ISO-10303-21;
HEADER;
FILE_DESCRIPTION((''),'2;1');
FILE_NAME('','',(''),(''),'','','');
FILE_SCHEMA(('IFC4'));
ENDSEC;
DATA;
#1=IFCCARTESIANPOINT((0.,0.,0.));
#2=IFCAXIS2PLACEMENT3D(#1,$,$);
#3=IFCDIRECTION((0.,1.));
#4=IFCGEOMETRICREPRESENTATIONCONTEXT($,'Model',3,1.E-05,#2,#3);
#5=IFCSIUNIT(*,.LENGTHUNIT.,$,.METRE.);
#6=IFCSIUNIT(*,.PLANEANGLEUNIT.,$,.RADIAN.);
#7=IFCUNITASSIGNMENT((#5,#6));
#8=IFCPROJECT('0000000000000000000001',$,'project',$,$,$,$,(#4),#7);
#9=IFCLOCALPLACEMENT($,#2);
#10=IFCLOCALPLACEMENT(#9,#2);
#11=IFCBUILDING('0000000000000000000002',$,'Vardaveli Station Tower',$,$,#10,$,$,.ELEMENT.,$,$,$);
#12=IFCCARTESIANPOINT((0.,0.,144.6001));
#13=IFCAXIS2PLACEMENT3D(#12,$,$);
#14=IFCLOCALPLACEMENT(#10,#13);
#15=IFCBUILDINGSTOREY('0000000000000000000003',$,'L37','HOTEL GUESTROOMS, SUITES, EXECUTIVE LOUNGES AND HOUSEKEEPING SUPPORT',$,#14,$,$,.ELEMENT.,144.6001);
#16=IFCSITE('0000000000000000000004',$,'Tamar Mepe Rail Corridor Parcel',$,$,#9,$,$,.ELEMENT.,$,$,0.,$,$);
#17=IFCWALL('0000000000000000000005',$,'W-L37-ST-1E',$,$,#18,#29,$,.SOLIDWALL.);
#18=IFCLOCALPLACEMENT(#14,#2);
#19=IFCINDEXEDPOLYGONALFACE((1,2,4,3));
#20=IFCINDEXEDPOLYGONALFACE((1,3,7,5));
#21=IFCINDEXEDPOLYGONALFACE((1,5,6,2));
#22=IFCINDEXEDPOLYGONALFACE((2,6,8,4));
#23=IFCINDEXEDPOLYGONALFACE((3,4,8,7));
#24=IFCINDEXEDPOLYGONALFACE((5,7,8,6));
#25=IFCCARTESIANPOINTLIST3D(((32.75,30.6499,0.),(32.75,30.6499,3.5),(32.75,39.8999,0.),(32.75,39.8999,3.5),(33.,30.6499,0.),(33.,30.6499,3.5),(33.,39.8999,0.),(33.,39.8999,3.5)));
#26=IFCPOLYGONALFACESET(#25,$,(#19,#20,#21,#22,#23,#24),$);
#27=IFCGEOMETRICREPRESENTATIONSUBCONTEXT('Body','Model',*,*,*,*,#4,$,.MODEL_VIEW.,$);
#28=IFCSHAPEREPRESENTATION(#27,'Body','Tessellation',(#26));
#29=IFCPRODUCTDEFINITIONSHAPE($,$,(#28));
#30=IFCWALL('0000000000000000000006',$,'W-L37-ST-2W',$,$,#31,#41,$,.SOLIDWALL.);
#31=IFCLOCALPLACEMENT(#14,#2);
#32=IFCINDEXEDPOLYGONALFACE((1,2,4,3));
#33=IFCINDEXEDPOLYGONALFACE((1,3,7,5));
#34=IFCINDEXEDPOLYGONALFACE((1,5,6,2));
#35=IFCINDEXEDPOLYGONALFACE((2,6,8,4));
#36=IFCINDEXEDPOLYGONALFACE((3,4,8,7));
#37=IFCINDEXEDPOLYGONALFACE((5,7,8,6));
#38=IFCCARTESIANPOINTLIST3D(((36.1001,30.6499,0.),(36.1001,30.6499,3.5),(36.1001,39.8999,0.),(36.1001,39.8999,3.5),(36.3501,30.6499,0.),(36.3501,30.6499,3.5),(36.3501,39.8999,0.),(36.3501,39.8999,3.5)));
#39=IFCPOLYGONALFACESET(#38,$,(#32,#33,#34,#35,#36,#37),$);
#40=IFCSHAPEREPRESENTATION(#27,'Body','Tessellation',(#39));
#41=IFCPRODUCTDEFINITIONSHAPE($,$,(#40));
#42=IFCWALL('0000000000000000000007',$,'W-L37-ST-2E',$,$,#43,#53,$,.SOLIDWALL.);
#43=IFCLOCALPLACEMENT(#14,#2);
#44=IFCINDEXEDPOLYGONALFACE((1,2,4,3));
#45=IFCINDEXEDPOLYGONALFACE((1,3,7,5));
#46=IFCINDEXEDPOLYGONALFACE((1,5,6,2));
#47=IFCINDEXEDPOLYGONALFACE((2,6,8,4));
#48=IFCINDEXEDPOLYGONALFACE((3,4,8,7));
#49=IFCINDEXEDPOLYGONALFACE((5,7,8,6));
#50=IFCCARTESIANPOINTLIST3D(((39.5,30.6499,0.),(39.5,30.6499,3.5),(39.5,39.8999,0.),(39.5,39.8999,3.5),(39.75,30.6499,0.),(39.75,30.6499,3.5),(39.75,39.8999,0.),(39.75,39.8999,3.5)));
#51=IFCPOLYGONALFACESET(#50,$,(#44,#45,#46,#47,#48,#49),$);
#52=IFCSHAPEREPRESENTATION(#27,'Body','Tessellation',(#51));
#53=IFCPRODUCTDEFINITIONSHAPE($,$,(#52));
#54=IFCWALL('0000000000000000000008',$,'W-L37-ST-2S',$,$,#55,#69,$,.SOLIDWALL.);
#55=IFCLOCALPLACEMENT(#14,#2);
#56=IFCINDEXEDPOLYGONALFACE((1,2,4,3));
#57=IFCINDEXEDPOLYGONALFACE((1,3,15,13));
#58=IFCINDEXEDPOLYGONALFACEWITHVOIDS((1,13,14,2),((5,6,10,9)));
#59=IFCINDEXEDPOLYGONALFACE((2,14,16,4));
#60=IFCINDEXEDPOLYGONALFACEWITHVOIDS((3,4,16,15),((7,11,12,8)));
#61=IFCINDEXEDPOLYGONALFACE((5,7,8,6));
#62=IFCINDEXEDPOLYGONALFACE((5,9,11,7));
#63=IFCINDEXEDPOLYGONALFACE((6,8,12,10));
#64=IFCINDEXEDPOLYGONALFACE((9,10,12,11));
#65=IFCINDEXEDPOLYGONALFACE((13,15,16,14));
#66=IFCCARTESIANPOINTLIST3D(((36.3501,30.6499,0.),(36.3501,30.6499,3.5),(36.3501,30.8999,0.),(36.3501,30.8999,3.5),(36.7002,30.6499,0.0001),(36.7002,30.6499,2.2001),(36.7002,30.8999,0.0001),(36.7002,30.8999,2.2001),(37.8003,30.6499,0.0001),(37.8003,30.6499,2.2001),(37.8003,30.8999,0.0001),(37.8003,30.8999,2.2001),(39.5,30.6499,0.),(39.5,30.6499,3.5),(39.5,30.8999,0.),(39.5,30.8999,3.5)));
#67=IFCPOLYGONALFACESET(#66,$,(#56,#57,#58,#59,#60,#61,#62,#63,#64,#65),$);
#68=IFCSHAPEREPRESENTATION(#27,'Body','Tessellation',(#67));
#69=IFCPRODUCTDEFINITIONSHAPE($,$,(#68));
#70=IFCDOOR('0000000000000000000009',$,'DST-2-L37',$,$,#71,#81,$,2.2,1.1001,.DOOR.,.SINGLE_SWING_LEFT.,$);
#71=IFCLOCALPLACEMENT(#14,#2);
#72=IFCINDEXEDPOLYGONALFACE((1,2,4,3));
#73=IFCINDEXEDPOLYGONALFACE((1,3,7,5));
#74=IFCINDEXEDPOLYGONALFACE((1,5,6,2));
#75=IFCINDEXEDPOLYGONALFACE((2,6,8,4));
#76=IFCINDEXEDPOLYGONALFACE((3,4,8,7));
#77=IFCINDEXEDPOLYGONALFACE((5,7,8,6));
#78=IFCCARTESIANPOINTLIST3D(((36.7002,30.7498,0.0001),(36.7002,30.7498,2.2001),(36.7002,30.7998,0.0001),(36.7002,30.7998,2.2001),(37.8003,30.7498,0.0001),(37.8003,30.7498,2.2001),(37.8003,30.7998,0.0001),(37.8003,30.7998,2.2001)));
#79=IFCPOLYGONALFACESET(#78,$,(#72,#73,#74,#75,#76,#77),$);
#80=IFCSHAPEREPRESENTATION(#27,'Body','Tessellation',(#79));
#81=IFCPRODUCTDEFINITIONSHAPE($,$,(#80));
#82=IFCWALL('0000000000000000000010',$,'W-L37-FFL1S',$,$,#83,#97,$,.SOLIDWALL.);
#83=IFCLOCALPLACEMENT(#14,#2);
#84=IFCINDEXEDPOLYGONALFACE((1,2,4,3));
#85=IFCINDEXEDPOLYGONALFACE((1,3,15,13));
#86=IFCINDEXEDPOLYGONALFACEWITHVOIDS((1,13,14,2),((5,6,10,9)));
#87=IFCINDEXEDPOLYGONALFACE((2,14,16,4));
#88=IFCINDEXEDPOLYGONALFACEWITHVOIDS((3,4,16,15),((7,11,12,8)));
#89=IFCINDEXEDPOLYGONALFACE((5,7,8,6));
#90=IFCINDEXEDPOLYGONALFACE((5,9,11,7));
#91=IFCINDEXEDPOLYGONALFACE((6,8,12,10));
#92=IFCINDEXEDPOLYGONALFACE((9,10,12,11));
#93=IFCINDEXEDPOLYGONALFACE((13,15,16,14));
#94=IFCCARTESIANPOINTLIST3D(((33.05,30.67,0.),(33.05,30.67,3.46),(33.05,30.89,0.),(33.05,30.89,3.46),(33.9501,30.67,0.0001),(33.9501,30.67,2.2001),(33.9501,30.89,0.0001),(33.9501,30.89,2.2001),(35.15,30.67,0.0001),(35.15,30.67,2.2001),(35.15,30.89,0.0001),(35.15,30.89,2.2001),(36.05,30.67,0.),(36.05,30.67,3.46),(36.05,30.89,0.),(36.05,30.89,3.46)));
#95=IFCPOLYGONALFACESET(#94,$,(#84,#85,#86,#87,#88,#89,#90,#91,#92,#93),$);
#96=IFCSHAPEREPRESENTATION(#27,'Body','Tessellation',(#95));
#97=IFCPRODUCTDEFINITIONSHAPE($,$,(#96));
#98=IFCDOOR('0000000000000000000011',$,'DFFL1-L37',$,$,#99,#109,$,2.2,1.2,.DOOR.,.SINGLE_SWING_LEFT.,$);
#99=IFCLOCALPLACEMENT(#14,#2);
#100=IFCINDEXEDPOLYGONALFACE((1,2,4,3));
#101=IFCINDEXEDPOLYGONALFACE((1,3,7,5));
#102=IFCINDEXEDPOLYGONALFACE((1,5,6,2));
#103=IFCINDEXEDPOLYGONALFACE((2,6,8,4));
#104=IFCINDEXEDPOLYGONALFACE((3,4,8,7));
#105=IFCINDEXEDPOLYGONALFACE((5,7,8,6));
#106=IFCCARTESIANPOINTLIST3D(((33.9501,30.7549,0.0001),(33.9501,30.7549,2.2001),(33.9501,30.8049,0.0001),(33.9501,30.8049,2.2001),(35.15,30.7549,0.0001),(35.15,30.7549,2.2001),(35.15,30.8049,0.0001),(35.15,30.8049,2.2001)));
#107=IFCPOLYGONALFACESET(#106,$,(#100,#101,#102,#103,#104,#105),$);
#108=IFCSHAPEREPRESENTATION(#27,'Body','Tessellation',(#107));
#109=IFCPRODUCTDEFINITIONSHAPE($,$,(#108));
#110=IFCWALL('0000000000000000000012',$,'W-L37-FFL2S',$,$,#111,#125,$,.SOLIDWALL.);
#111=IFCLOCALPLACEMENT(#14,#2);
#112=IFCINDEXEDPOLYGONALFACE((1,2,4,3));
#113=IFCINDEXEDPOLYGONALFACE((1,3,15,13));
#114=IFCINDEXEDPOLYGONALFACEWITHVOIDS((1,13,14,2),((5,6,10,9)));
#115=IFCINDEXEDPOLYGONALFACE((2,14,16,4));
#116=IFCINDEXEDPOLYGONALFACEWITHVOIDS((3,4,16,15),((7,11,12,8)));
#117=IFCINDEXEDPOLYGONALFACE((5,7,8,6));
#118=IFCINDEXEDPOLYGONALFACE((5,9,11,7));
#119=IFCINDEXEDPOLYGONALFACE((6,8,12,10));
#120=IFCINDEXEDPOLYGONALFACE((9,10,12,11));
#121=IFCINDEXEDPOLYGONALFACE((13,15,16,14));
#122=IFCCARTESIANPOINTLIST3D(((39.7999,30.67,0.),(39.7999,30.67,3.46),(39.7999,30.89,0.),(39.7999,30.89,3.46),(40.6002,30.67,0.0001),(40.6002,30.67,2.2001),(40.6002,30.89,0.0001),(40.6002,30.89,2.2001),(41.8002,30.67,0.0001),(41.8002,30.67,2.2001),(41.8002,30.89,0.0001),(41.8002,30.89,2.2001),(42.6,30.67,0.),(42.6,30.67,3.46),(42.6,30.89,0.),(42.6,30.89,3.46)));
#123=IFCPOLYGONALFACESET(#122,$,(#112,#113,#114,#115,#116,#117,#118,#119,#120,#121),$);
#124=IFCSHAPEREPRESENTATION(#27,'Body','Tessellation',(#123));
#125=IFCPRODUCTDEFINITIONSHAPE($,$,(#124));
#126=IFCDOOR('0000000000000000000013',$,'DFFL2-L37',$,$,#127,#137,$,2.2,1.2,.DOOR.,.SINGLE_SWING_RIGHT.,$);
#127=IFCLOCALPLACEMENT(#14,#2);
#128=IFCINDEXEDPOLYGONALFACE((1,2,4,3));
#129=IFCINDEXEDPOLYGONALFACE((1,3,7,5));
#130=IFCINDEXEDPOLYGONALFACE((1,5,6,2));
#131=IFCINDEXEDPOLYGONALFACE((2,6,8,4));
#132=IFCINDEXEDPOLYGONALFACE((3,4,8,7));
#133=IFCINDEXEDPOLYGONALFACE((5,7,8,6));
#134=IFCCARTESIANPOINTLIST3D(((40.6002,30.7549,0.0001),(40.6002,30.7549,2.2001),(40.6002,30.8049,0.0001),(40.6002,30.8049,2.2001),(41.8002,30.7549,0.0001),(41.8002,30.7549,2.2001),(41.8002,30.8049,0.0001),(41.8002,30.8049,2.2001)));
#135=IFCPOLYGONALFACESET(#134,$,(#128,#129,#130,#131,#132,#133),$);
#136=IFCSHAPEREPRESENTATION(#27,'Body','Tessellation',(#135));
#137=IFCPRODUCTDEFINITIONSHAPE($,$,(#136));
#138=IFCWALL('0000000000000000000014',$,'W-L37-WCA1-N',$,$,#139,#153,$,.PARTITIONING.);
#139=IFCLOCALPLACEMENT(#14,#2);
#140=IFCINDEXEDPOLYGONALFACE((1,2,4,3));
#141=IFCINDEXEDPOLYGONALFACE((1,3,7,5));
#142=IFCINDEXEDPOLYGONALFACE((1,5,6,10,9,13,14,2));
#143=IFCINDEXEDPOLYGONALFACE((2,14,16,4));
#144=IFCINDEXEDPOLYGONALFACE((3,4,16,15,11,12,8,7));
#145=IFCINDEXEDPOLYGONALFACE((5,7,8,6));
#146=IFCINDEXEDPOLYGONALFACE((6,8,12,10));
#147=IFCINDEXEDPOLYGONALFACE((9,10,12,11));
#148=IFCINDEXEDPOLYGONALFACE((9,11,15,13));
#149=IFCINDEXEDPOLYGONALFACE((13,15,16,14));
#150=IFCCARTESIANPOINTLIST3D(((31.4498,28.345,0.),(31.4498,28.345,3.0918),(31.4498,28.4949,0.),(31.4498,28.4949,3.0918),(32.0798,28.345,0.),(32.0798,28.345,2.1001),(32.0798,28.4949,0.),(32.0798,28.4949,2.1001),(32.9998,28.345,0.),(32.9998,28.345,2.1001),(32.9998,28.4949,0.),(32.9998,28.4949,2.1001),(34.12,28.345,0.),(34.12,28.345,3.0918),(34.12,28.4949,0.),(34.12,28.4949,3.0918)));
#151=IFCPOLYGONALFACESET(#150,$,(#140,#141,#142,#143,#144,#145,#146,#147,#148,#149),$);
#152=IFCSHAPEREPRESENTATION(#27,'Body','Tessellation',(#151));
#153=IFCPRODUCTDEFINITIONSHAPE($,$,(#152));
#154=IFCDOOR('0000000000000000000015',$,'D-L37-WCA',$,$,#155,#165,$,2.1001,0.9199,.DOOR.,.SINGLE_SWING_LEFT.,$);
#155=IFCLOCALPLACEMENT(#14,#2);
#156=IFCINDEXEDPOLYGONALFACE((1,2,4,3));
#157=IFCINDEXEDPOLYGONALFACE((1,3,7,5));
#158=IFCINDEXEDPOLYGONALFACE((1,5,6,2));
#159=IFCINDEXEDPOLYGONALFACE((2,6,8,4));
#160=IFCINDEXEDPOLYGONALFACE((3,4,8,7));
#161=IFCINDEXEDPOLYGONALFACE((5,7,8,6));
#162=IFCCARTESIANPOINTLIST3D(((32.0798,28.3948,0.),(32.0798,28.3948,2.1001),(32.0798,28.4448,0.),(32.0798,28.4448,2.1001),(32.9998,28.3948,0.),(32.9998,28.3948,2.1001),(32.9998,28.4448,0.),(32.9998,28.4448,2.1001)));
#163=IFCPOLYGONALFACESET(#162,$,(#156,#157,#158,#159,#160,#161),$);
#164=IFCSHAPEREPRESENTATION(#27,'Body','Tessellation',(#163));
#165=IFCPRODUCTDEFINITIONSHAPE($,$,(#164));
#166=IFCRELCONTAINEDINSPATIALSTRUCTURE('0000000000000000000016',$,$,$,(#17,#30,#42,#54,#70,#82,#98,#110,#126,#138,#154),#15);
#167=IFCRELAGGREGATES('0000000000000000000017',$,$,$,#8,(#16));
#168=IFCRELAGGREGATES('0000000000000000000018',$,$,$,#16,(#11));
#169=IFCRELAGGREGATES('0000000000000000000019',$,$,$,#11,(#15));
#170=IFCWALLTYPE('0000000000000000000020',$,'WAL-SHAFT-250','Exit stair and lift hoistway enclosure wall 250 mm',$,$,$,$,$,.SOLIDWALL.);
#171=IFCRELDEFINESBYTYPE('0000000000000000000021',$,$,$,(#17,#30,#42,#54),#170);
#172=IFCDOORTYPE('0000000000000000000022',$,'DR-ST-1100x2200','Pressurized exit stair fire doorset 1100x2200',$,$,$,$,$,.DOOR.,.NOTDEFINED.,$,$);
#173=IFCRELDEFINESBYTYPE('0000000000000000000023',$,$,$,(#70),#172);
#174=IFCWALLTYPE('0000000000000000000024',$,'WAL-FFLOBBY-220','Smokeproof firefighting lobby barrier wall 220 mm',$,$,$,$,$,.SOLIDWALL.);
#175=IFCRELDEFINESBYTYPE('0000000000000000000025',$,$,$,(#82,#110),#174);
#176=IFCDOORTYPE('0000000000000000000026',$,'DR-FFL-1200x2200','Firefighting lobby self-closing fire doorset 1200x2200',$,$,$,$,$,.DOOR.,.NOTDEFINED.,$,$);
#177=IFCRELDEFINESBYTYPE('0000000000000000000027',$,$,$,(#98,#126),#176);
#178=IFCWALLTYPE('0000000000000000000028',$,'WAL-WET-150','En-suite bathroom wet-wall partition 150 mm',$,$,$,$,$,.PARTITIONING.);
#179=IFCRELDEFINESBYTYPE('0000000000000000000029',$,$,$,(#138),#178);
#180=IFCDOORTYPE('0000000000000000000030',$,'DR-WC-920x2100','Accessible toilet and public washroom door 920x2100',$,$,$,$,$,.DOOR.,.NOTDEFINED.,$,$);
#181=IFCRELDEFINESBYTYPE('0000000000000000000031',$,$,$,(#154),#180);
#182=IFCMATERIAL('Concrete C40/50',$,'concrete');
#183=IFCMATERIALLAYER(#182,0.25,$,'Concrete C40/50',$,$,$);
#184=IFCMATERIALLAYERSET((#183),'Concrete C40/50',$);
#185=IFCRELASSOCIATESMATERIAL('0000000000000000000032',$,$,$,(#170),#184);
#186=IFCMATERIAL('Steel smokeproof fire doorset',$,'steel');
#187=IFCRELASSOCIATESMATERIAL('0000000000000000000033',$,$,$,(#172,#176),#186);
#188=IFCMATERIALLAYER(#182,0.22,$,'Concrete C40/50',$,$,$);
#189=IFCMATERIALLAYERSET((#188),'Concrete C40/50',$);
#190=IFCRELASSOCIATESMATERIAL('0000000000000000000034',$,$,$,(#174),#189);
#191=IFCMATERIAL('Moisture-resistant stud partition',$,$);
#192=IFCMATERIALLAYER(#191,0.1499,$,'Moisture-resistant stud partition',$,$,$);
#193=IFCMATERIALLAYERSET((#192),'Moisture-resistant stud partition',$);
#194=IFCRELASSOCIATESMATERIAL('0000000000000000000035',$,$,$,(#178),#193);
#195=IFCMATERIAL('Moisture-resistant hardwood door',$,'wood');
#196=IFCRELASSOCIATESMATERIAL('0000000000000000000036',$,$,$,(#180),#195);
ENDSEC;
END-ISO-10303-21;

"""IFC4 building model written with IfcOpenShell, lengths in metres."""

from ifc_helpers import new_model, si_unit, direction, frame, frame_2d, origin, place, context, subcontext, project, spatial, rectangle, extrude, source, transform, mapped, material, layer, layer_set, type_object, element, fill, save


model = new_model("IFC4")

# Units and contexts
model_context = context("Model", 3, precision=1e-05, world=origin(), true_north=direction((0.0, 1.0)))
body_context = subcontext(model_context, "Body", "Model", "MODEL_VIEW")
ifc_project = project(units=[si_unit("LENGTHUNIT", "METRE"), si_unit("PLANEANGLEUNIT", "RADIAN")], contexts=[model_context])

# Site, building, storey
site_placement = place(None, origin())
site = spatial("IfcSite", under=ifc_project, at=site_placement, Name="Tamar Mepe Rail Corridor Parcel", CompositionType="ELEMENT", RefElevation=0.0)
building_placement = place(site_placement, origin())
building = spatial("IfcBuilding", under=site, at=building_placement, Name="Vardaveli Station Tower", CompositionType="ELEMENT")
storey_placement = place(building_placement, frame((0.0, 0.0, 144.6001)))
storey = spatial("IfcBuildingStorey", under=building, at=storey_placement, Name="L37", Description="HOTEL GUESTROOMS, SUITES, EXECUTIVE LOUNGES AND HOUSEKEEPING SUPPORT", CompositionType="ELEMENT", Elevation=144.6001)

# Walls
ifc_material_1 = material(Name="Concrete C40/50", Category="concrete")
ifc_layer_1 = layer(ifc_material_1, 0.25, Name="Concrete C40/50")
ifc_layer_set_1 = layer_set([ifc_layer_1], Name="Concrete C40/50")
wall_type_1 = type_object("IfcWallType", Name="WAL-SHAFT-250", Description="Exit stair and lift hoistway enclosure wall 250 mm", PredefinedType="SOLIDWALL", material=ifc_layer_set_1)
shared_shape_1 = source(origin(), body_context, "Body", "SweptSolid", [
    extrude(rectangle(XDim=9.25, YDim=0.25, at=frame_2d((4.625, 0.0))), origin(), (0.0, 0.0, 1.0), 3.5),
])
for number, where, z_axis, x_axis, name in (
    (1, (32.875, 30.6499, 0.0), (0.0, 0.0, 1.0), (0.0, 1.0, 0.0), "W-L37-ST-1E"),
    (2, (36.2251, 30.6499, 0.0), (0.0, 0.0, 1.0), (0.0, 1.0, 0.0), "W-L37-ST-2W"),
    (3, (39.625, 30.6499, 0.0), (0.0, 0.0, 1.0), (0.0, 1.0, 0.0), "W-L37-ST-2E"),
):
    element("IfcWall", number, at=place(storey_placement, frame(where, z_axis=z_axis, x_axis=x_axis)), inside=storey, type_object=wall_type_1, Name=name, PredefinedType="SOLIDWALL", context=body_context, shape_type="MappedRepresentation", body=[
        mapped(shared_shape_1, transform((0.0, 0.0, 0.0), scale=1.0)),
    ])

# Walls, openings, doors
shared_shape_2 = source(origin(), body_context, "Body", "SweptSolid", [
    extrude(rectangle(XDim=3.1499, YDim=0.25, at=frame_2d((1.575, 0.0))), origin(), (0.0, 0.0, 1.0), 3.5),
])
wall_1_placement = place(storey_placement, frame((36.3501, 30.7749, 0.0), z_axis=(0.0, 0.0, 1.0), x_axis=(1.0, 0.0, 0.0)))
wall_1 = element("IfcWall", 4, at=wall_1_placement, inside=storey, type_object=wall_type_1, Name="W-L37-ST-2S", PredefinedType="SOLIDWALL", context=body_context, shape_type="MappedRepresentation", body=[
    mapped(shared_shape_2, transform((0.0, 0.0, 0.0), scale=1.0)),
])
shared_shape_3 = source(origin(), body_context, "Body", "SweptSolid", [
    extrude(rectangle(XDim=1.1001, YDim=2.2, at=frame_2d((0.55, 1.1001))), frame((0.0, 0.135, 0.0), z_axis=(0.0, -1.0, 0.0), x_axis=(1.0, 0.0, 0.0)), (0.0, 0.0, 1.0), 0.27),
])
opening_1_placement = place(wall_1_placement, frame((0.3501, 0.0, 0.0)))
opening_1 = element("IfcOpeningElement", 5, at=opening_1_placement, cuts=wall_1, PredefinedType="OPENING", context=body_context, shape_type="MappedRepresentation", body=[
    mapped(shared_shape_3, transform((0.0, 0.0, 0.0), scale=1.0)),
])
ifc_material_2 = material(Name="Steel smokeproof fire doorset", Category="steel")
door_type_1 = type_object("IfcDoorType", Name="DR-ST-1100x2200", Description="Pressurized exit stair fire doorset 1100x2200", OperationType="NOTDEFINED", PredefinedType="DOOR", material=ifc_material_2)
shared_shape_4 = source(origin(), body_context, "Body", "SweptSolid", [
    extrude(rectangle(XDim=1.1001, YDim=2.2, at=frame_2d((0.55, 1.1001))), frame((0.0, 0.0249, 0.0), z_axis=(0.0, -1.0, 0.0), x_axis=(1.0, 0.0, 0.0)), (0.0, 0.0, 1.0), 0.05),
])
door_1_placement = place(opening_1_placement, origin())
door_1 = element("IfcDoor", 6, at=door_1_placement, inside=storey, type_object=door_type_1, Name="DST-2-L37", OperationType="SINGLE_SWING_LEFT", OverallHeight=2.2, OverallWidth=1.1001, PredefinedType="DOOR", context=body_context, shape_type="MappedRepresentation", body=[
    mapped(shared_shape_4, transform((0.0, 0.0, 0.0), scale=1.0)),
])
fill(opening_1, door_1)
ifc_layer_2 = layer(ifc_material_1, 0.22, Name="Concrete C40/50")
ifc_layer_set_2 = layer_set([ifc_layer_2], Name="Concrete C40/50")
wall_type_2 = type_object("IfcWallType", Name="WAL-FFLOBBY-220", Description="Smokeproof firefighting lobby barrier wall 220 mm", PredefinedType="SOLIDWALL", material=ifc_layer_set_2)
shared_shape_5 = source(origin(), body_context, "Body", "SweptSolid", [
    extrude(rectangle(XDim=3.0, YDim=0.22, at=frame_2d((1.5, 0.0))), origin(), (0.0, 0.0, 1.0), 3.46),
])
wall_2_placement = place(storey_placement, frame((33.05, 30.78, 0.0), z_axis=(0.0, 0.0, 1.0), x_axis=(1.0, 0.0, 0.0)))
wall_2 = element("IfcWall", 7, at=wall_2_placement, inside=storey, type_object=wall_type_2, Name="W-L37-FFL1S", PredefinedType="SOLIDWALL", context=body_context, shape_type="MappedRepresentation", body=[
    mapped(shared_shape_5, transform((0.0, 0.0, 0.0), scale=1.0)),
])
shared_shape_6 = source(origin(), body_context, "Body", "SweptSolid", [
    extrude(rectangle(XDim=1.2, YDim=2.2, at=frame_2d((0.6001, 1.1001))), frame((0.0, 0.1201, 0.0), z_axis=(0.0, -1.0, 0.0), x_axis=(1.0, 0.0, 0.0)), (0.0, 0.0, 1.0), 0.24),
])
opening_2_placement = place(wall_2_placement, frame((0.8999, 0.0, 0.0)))
opening_2 = element("IfcOpeningElement", 8, at=opening_2_placement, cuts=wall_2, PredefinedType="OPENING", context=body_context, shape_type="MappedRepresentation", body=[
    mapped(shared_shape_6, transform((0.0, 0.0, 0.0), scale=1.0)),
])
door_type_2 = type_object("IfcDoorType", Name="DR-FFL-1200x2200", Description="Firefighting lobby self-closing fire doorset 1200x2200", OperationType="NOTDEFINED", PredefinedType="DOOR", material=ifc_material_2)
shared_shape_7 = source(origin(), body_context, "Body", "SweptSolid", [
    extrude(rectangle(XDim=1.2, YDim=2.2, at=frame_2d((0.6001, 1.1001))), frame((0.0, 0.0249, 0.0), z_axis=(0.0, -1.0, 0.0), x_axis=(1.0, 0.0, 0.0)), (0.0, 0.0, 1.0), 0.05),
])
door_2_placement = place(opening_2_placement, origin())
door_2 = element("IfcDoor", 9, at=door_2_placement, inside=storey, type_object=door_type_2, Name="DFFL1-L37", OperationType="SINGLE_SWING_LEFT", OverallHeight=2.2, OverallWidth=1.2, PredefinedType="DOOR", context=body_context, shape_type="MappedRepresentation", body=[
    mapped(shared_shape_7, transform((0.0, 0.0, 0.0), scale=1.0)),
])
fill(opening_2, door_2)
shared_shape_8 = source(origin(), body_context, "Body", "SweptSolid", [
    extrude(rectangle(XDim=2.8, YDim=0.22, at=frame_2d((1.3999, 0.0))), origin(), (0.0, 0.0, 1.0), 3.46),
])
wall_3_placement = place(storey_placement, frame((39.8, 30.78, 0.0), z_axis=(0.0, 0.0, 1.0), x_axis=(1.0, 0.0, 0.0)))
wall_3 = element("IfcWall", 10, at=wall_3_placement, inside=storey, type_object=wall_type_2, Name="W-L37-FFL2S", PredefinedType="SOLIDWALL", context=body_context, shape_type="MappedRepresentation", body=[
    mapped(shared_shape_8, transform((0.0, 0.0, 0.0), scale=1.0)),
])
opening_3_placement = place(wall_3_placement, frame((0.8, 0.0, 0.0)))
opening_3 = element("IfcOpeningElement", 11, at=opening_3_placement, cuts=wall_3, PredefinedType="OPENING", context=body_context, shape_type="MappedRepresentation", body=[
    mapped(shared_shape_6, transform((0.0, 0.0, 0.0), scale=1.0)),
])
door_3_placement = place(opening_3_placement, origin())
door_3 = element("IfcDoor", 12, at=door_3_placement, inside=storey, type_object=door_type_2, Name="DFFL2-L37", OperationType="SINGLE_SWING_RIGHT", OverallHeight=2.2, OverallWidth=1.2, PredefinedType="DOOR", context=body_context, shape_type="MappedRepresentation", body=[
    mapped(shared_shape_7, transform((0.0, 0.0, 0.0), scale=1.0)),
])
fill(opening_3, door_3)
ifc_material_3 = material(Name="Moisture-resistant stud partition")
ifc_layer_3 = layer(ifc_material_3, 0.1499, Name="Moisture-resistant stud partition")
ifc_layer_set_3 = layer_set([ifc_layer_3], Name="Moisture-resistant stud partition")
wall_type_3 = type_object("IfcWallType", Name="WAL-WET-150", Description="En-suite bathroom wet-wall partition 150 mm", PredefinedType="PARTITIONING", material=ifc_layer_set_3)
shared_shape_9 = source(origin(), body_context, "Body", "SweptSolid", [
    extrude(rectangle(XDim=2.6702, YDim=0.1499, at=frame_2d((1.335, 0.0))), origin(), (0.0, 0.0, 1.0), 3.0918),
])
wall_4_placement = place(storey_placement, frame((31.45, 28.4199, 0.0), z_axis=(0.0, 0.0, 1.0), x_axis=(1.0, 0.0, 0.0)))
wall_4 = element("IfcWall", 13, at=wall_4_placement, inside=storey, type_object=wall_type_3, Name="W-L37-WCA1-N", PredefinedType="PARTITIONING", context=body_context, shape_type="MappedRepresentation", body=[
    mapped(shared_shape_9, transform((0.0, 0.0, 0.0), scale=1.0)),
])
shared_shape_10 = source(origin(), body_context, "Body", "SweptSolid", [
    extrude(rectangle(XDim=0.9199, YDim=2.1001, at=frame_2d((0.46, 1.05))), frame((0.0, 0.085, 0.0), z_axis=(0.0, -1.0, 0.0), x_axis=(1.0, 0.0, 0.0)), (0.0, 0.0, 1.0), 0.1699),
])
opening_4_placement = place(wall_4_placement, frame((0.6299, 0.0, 0.0)))
opening_4 = element("IfcOpeningElement", 14, at=opening_4_placement, cuts=wall_4, PredefinedType="OPENING", context=body_context, shape_type="MappedRepresentation", body=[
    mapped(shared_shape_10, transform((0.0, 0.0, 0.0), scale=1.0)),
])
ifc_material_4 = material(Name="Moisture-resistant hardwood door", Category="wood")
door_type_3 = type_object("IfcDoorType", Name="DR-WC-920x2100", Description="Accessible toilet and public washroom door 920x2100", OperationType="NOTDEFINED", PredefinedType="DOOR", material=ifc_material_4)
shared_shape_11 = source(origin(), body_context, "Body", "SweptSolid", [
    extrude(rectangle(XDim=0.9199, YDim=2.1001, at=frame_2d((0.46, 1.05))), frame((0.0, 0.0249, 0.0), z_axis=(0.0, -1.0, 0.0), x_axis=(1.0, 0.0, 0.0)), (0.0, 0.0, 1.0), 0.05),
])
door_4_placement = place(opening_4_placement, origin())
door_4 = element("IfcDoor", 15, at=door_4_placement, inside=storey, type_object=door_type_3, Name="D-L37-WCA", OperationType="SINGLE_SWING_LEFT", OverallHeight=2.1001, OverallWidth=0.9199, PredefinedType="DOOR", context=body_context, shape_type="MappedRepresentation", body=[
    mapped(shared_shape_11, transform((0.0, 0.0, 0.0), scale=1.0)),
])
fill(opening_4, door_4)

save(model, "model.ifc")
